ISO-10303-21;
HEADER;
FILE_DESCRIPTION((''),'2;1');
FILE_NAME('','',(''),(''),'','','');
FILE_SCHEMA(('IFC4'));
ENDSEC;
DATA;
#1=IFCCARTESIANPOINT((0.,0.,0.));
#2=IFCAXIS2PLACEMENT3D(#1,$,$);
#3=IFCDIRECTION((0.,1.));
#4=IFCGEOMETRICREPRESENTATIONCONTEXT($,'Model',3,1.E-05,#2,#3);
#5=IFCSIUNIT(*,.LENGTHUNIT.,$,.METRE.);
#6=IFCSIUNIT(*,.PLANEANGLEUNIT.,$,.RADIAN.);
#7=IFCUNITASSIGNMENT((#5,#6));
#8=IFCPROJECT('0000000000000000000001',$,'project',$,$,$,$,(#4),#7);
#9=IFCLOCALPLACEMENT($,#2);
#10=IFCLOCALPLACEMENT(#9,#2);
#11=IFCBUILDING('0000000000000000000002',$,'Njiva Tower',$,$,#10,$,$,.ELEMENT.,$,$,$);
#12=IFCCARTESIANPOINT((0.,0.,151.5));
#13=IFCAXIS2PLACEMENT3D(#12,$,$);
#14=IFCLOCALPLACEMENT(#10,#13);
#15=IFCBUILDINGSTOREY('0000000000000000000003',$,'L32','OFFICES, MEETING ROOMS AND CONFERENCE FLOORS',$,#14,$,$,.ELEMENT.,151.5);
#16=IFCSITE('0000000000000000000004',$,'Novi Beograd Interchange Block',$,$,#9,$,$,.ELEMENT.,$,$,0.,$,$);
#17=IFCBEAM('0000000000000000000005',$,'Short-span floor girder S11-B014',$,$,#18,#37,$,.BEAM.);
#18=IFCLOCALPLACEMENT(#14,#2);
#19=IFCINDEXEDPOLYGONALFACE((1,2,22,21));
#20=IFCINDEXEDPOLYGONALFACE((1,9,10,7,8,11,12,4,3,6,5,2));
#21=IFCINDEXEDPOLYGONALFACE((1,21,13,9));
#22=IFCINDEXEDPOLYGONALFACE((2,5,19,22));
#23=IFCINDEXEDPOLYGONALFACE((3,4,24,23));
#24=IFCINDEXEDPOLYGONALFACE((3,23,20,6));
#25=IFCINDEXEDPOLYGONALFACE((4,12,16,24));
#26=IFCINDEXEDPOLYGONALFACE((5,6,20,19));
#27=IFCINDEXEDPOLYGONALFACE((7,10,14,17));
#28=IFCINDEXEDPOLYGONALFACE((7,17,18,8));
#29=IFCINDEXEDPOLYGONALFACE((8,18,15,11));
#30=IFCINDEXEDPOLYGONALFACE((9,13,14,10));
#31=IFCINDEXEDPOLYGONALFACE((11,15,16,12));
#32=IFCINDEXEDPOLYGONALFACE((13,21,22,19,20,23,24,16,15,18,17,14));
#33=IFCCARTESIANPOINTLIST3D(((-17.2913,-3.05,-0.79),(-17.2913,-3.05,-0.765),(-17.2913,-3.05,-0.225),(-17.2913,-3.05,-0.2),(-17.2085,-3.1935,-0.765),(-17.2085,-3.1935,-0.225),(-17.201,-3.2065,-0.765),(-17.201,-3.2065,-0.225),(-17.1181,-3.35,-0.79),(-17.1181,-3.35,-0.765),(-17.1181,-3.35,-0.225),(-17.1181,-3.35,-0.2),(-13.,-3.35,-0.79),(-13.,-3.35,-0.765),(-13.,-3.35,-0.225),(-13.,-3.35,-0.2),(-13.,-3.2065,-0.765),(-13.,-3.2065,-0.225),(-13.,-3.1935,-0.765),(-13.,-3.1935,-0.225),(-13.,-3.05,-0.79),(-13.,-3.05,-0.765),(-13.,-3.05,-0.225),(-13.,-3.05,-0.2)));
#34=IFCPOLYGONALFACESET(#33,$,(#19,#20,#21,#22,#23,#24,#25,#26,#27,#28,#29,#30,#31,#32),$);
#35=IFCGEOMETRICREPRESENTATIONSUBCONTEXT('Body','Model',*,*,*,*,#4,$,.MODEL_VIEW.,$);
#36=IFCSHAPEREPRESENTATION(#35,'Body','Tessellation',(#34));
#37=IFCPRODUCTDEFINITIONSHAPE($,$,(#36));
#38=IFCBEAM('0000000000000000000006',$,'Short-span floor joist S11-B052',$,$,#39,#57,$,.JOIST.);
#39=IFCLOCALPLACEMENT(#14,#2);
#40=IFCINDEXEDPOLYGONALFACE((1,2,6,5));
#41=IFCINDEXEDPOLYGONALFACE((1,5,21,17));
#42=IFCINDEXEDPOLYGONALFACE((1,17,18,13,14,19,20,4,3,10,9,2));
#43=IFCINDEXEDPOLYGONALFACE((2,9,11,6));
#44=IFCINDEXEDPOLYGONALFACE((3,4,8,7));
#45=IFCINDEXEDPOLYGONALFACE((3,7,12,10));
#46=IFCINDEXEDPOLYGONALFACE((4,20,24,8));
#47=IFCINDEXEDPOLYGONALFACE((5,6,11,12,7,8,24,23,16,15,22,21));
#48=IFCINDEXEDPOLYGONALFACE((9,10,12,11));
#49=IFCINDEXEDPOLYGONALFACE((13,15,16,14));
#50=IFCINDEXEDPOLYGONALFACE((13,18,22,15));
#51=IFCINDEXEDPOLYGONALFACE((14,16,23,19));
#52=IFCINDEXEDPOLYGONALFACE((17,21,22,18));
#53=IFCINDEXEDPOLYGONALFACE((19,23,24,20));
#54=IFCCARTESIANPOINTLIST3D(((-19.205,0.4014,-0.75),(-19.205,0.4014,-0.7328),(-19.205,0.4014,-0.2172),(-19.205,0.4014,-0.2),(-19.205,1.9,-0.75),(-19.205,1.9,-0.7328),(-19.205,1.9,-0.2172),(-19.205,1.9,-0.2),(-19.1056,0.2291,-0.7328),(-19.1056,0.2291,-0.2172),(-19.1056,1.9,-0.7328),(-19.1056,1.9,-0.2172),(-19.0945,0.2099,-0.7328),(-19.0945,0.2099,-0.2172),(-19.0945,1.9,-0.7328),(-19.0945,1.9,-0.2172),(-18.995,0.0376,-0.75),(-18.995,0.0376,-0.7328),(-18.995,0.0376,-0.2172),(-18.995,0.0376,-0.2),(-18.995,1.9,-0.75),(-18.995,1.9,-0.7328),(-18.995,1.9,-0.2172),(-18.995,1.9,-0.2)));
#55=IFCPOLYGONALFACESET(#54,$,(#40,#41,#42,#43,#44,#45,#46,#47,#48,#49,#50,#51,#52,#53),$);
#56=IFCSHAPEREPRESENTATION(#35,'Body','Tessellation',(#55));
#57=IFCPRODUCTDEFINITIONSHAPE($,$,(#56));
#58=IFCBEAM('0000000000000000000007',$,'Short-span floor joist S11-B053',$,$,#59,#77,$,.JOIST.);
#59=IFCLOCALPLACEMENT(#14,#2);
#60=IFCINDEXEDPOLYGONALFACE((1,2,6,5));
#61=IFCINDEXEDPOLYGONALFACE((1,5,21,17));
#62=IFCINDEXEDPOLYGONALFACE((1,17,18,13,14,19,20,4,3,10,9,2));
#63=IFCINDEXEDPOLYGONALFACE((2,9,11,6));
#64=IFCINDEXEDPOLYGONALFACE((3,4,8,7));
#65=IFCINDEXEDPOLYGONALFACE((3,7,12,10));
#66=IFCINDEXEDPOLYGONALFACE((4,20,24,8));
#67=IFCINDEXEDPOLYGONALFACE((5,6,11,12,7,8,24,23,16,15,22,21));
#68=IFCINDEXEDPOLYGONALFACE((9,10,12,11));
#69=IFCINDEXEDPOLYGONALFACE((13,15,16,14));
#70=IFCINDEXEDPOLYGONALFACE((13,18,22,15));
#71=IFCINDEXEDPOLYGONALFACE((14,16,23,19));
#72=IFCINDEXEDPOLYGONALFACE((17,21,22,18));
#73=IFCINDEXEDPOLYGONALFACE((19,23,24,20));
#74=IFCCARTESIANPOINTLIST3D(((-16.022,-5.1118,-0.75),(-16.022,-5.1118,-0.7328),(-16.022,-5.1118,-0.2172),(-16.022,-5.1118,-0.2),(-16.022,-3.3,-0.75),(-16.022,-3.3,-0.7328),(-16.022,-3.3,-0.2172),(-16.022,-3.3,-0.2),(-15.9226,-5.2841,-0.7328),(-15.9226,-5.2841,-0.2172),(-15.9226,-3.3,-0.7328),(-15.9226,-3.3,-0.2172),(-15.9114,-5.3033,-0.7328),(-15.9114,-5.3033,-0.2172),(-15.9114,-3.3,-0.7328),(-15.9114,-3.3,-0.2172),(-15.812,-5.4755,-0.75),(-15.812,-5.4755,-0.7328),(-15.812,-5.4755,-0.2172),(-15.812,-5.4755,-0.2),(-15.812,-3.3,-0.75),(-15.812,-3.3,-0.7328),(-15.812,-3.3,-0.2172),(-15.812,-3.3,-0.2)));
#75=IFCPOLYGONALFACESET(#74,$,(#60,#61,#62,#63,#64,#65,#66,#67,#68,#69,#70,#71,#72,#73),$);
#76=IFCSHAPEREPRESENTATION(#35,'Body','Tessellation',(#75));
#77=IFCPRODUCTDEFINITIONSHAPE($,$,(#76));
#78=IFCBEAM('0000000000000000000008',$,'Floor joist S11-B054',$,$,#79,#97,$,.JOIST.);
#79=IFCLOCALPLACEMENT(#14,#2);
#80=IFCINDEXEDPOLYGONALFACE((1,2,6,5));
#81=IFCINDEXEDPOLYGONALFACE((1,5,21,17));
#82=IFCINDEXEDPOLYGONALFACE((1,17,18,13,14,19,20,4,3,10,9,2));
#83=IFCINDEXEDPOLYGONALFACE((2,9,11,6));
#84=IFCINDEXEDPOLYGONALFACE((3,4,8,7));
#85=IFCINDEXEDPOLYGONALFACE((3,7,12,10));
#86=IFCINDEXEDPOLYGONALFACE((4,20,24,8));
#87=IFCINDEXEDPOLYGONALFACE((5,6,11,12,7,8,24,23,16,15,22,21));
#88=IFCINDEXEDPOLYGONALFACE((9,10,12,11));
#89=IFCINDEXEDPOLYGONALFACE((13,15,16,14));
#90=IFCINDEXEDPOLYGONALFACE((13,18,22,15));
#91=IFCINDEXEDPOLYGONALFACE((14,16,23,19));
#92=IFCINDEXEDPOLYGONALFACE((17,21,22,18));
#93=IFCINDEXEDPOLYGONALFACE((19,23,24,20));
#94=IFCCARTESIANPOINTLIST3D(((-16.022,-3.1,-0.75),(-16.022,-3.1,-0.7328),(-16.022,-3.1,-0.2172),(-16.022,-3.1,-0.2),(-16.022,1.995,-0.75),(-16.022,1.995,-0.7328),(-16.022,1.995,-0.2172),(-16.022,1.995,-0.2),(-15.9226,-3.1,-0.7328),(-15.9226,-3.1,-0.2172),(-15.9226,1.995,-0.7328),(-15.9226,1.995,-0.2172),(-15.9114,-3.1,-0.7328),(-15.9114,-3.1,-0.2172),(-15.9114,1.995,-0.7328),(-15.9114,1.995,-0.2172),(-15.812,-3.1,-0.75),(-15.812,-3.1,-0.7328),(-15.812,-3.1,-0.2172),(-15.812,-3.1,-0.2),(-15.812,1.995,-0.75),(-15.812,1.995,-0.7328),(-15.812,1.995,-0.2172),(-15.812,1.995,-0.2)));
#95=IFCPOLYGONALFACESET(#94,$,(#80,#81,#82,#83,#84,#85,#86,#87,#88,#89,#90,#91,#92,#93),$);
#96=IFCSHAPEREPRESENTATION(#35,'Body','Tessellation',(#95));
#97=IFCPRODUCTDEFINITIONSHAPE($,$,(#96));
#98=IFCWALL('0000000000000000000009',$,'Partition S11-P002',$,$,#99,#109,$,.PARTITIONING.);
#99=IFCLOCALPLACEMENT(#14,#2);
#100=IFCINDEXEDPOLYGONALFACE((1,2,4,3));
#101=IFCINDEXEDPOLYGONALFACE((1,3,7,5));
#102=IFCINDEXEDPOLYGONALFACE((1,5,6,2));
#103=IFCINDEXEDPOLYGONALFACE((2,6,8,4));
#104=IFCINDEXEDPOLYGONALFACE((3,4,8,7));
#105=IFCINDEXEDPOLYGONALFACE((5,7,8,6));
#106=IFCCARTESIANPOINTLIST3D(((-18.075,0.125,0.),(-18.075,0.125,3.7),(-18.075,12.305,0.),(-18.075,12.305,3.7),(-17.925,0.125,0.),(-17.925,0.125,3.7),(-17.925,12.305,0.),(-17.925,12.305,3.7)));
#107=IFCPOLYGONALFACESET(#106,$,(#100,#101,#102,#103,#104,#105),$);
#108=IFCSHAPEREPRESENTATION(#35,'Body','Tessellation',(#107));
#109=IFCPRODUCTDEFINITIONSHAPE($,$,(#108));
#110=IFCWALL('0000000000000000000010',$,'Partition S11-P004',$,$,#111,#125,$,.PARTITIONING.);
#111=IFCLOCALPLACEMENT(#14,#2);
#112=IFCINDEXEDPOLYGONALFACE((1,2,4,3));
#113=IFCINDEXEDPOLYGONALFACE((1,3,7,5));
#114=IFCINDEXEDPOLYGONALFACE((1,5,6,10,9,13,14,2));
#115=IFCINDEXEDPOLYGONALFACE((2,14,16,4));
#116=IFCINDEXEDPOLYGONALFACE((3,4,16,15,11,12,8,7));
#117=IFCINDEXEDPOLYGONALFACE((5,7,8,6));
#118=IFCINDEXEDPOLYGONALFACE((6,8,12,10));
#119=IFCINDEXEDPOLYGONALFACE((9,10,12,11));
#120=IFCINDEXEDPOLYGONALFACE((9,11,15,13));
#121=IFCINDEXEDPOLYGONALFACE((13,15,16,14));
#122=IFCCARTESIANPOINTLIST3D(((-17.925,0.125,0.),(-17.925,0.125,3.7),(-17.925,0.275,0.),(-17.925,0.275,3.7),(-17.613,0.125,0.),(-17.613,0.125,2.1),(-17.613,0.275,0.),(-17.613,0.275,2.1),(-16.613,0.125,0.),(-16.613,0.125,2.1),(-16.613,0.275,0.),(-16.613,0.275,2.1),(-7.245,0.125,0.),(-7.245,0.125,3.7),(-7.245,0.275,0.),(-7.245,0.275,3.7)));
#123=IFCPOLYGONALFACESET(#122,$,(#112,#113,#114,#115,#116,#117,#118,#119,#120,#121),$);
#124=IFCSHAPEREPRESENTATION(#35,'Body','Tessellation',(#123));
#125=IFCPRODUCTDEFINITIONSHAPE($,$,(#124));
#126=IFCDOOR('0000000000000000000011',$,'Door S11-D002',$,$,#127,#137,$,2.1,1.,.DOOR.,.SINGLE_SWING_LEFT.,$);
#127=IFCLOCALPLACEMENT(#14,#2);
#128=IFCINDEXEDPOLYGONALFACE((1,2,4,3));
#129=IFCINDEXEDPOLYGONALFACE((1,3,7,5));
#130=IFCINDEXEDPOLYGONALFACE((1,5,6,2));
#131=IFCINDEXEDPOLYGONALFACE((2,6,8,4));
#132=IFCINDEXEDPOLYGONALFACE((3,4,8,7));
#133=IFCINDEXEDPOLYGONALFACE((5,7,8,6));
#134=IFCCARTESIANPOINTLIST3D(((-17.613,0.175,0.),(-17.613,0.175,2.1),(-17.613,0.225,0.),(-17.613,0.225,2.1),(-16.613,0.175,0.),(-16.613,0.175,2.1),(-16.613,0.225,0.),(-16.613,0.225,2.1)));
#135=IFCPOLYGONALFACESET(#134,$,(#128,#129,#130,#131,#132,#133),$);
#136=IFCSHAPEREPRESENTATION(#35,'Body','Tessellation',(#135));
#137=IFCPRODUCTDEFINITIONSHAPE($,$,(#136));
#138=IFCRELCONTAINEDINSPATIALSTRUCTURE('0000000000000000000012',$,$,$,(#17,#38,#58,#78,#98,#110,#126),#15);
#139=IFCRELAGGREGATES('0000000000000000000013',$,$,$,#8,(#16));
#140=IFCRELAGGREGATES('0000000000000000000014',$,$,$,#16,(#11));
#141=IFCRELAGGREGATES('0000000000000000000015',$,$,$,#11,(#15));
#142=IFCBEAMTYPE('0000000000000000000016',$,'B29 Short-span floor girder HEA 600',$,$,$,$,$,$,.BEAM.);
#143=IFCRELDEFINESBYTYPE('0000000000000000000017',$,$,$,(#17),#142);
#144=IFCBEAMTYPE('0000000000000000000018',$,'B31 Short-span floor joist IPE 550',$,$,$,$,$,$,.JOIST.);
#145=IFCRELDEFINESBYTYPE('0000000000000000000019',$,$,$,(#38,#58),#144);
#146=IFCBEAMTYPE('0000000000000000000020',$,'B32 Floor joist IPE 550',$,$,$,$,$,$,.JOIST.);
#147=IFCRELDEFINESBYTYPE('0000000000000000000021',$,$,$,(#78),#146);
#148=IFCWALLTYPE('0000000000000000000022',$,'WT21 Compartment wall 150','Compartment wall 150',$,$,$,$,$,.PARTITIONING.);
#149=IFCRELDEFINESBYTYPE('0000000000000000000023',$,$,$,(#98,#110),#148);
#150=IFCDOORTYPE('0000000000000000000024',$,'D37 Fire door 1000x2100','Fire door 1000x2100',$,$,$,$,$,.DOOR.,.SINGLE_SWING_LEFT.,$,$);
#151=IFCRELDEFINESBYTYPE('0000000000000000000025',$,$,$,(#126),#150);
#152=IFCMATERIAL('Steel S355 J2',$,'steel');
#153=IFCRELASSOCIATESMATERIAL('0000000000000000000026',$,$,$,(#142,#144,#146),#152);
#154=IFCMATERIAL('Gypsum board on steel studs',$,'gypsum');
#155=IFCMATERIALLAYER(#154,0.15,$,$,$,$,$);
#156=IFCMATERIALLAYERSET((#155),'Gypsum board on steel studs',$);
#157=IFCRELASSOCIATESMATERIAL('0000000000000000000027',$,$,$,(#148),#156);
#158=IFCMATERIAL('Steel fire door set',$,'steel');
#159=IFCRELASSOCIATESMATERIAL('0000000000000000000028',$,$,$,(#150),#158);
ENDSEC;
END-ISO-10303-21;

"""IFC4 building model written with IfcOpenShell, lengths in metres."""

from ifc_helpers import new_model, si_unit, direction, frame, frame_2d, origin, origin_2d, place, context, subcontext, project, spatial, rectangle, i_section, extrude, clip, halfspace, material, layer, layer_set, material_profile, profile_set, type_object, element, fill, save


model = new_model("IFC4")

# Units and contexts
model_context = context("Model", 3, precision=1e-05, world=origin(), true_north=direction((0.0, 1.0)))
body_context = subcontext(model_context, "Body", "Model", "MODEL_VIEW")
ifc_project = project(units=[si_unit("LENGTHUNIT", "METRE"), si_unit("PLANEANGLEUNIT", "RADIAN")], contexts=[model_context])

# Site, building, storey
site_placement = place(None, origin())
site = spatial("IfcSite", under=ifc_project, at=site_placement, Name="Novi Beograd Interchange Block", CompositionType="ELEMENT", RefElevation=0.0)
building_placement = place(site_placement, origin())
building = spatial("IfcBuilding", under=site, at=building_placement, Name="Njiva Tower", CompositionType="ELEMENT")
storey_placement = place(building_placement, frame((0.0, 0.0, 151.5)))
storey = spatial("IfcBuildingStorey", under=building, at=storey_placement, Name="L32", Description="OFFICES, MEETING ROOMS AND CONFERENCE FLOORS", CompositionType="ELEMENT", Elevation=151.5)

# Shared definitions
ifc_material_1 = material(Name="Steel S355 J2", Category="steel")

# Beams
ifc_material_profile_1 = material_profile(ifc_material_1, i_section(OverallWidth=0.3, OverallDepth=0.59, WebThickness=0.013, FlangeThickness=0.025, at=origin_2d()), Name="HEA 600")
ifc_profile_set_1 = profile_set([ifc_material_profile_1], Name="Steel S355 J2")
beam_type_1 = type_object("IfcBeamType", Name="B29 Short-span floor girder HEA 600", PredefinedType="BEAM", material=ifc_profile_set_1)
beam_1_placement = place(storey_placement, frame((-17.312, -3.2, -0.495), z_axis=(1.0, 0.0, 0.0), x_axis=(0.0, 1.0, 0.0)))
element("IfcBeam", 1, at=beam_1_placement, inside=storey, type_object=beam_type_1, Name="Short-span floor girder S11-B014", PredefinedType="BEAM", context=body_context, shape_type="Clipping", body=[
    clip(extrude(i_section(OverallWidth=0.3, OverallDepth=0.59, WebThickness=0.013, FlangeThickness=0.025, at=origin_2d()), origin(), (0.0, 0.0, 1.0), 4.312), halfspace(frame((-0.025, 0.0, 0.1217), z_axis=(-0.499998, 0.0, -0.866027), x_axis=(0.0, -1.0, 0.0)), False)),
])
ifc_material_profile_2 = material_profile(ifc_material_1, i_section(OverallWidth=0.21, OverallDepth=0.55, WebThickness=0.0111, FlangeThickness=0.0172, at=origin_2d()), Name="IPE 550")
ifc_profile_set_2 = profile_set([ifc_material_profile_2], Name="Steel S355 J2")
beam_type_2 = type_object("IfcBeamType", Name="B31 Short-span floor joist IPE 550", PredefinedType="JOIST", material=ifc_profile_set_2)
beam_2_placement = place(storey_placement, frame((-19.1, 1.9, -0.475), z_axis=(0.0, -1.0, 0.0), x_axis=(1.0, 0.0, 0.0)))
element("IfcBeam", 2, at=beam_2_placement, inside=storey, type_object=beam_type_2, Name="Short-span floor joist S11-B052", PredefinedType="JOIST", context=body_context, shape_type="Clipping", body=[
    clip(extrude(i_section(OverallWidth=0.21, OverallDepth=0.55, WebThickness=0.0111, FlangeThickness=0.0172, at=origin_2d()), origin(), (0.0, 0.0, 1.0), 1.883), halfspace(frame((-0.0433, 0.0, 1.6055), z_axis=(-0.866027, 0.0, 0.499998), x_axis=(0.0, 1.0, 0.0)), False)),
])
beam_3_placement = place(storey_placement, frame((-15.917, -3.3, -0.475), z_axis=(0.0, -1.0, 0.0), x_axis=(1.0, 0.0, 0.0)))
element("IfcBeam", 3, at=beam_3_placement, inside=storey, type_object=beam_type_2, Name="Short-span floor joist S11-B053", PredefinedType="JOIST", context=body_context, shape_type="Clipping", body=[
    clip(extrude(i_section(OverallWidth=0.21, OverallDepth=0.55, WebThickness=0.0111, FlangeThickness=0.0172, at=origin_2d()), origin(), (0.0, 0.0, 1.0), 2.196), halfspace(frame((-0.043, 0.0, 1.9192), z_axis=(-0.866027, 0.0, 0.499998), x_axis=(0.0, 1.0, 0.0)), False)),
])
ifc_material_profile_3 = material_profile(ifc_material_1, i_section(OverallWidth=0.21, OverallDepth=0.55, WebThickness=0.0111, FlangeThickness=0.0172, at=origin_2d()), Name="IPE 550")
ifc_profile_set_3 = profile_set([ifc_material_profile_3], Name="Steel S355 J2")
beam_type_3 = type_object("IfcBeamType", Name="B32 Floor joist IPE 550", PredefinedType="JOIST", material=ifc_profile_set_3)
beam_4_placement = place(storey_placement, frame((-15.917, 1.995, -0.475), z_axis=(0.0, -1.0, 0.0), x_axis=(1.0, 0.0, 0.0)))
element("IfcBeam", 4, at=beam_4_placement, inside=storey, type_object=beam_type_3, Name="Floor joist S11-B054", PredefinedType="JOIST", context=body_context, shape_type="SweptSolid", body=[
    extrude(i_section(OverallWidth=0.21, OverallDepth=0.55, WebThickness=0.0111, FlangeThickness=0.0172, at=origin_2d()), origin(), (0.0, 0.0, 1.0), 5.095),
])

# Wall
ifc_material_2 = material(Name="Gypsum board on steel studs", Category="gypsum")
ifc_layer = layer(ifc_material_2, 0.15)
ifc_layer_set = layer_set([ifc_layer], Name="Gypsum board on steel studs")
wall_type = type_object("IfcWallType", Name="WT21 Compartment wall 150", Description="Compartment wall 150", PredefinedType="PARTITIONING", material=ifc_layer_set)
wall_1_placement = place(storey_placement, frame((-18.0, 0.125, 0.0), z_axis=(0.0, 0.0, 1.0), x_axis=(0.0, 1.0, 0.0)))
element("IfcWall", 5, at=wall_1_placement, inside=storey, type_object=wall_type, Name="Partition S11-P002", PredefinedType="PARTITIONING", context=body_context, shape_type="SweptSolid", body=[
    extrude(rectangle(XDim=12.18, YDim=0.15, at=frame_2d((6.09, 0.0))), origin(), (0.0, 0.0, 1.0), 3.7),
])

# Wall, opening, door
wall_2_placement = place(storey_placement, frame((-17.925, 0.2, 0.0), z_axis=(0.0, 0.0, 1.0), x_axis=(1.0, 0.0, 0.0)))
wall_2 = element("IfcWall", 6, at=wall_2_placement, inside=storey, type_object=wall_type, Name="Partition S11-P004", PredefinedType="PARTITIONING", context=body_context, shape_type="SweptSolid", body=[
    extrude(rectangle(XDim=10.68, YDim=0.15, at=frame_2d((5.34, 0.0))), origin(), (0.0, 0.0, 1.0), 3.7),
])
opening_placement = place(wall_2_placement, frame((0.312, 0.0, 0.0)))
opening = element("IfcOpeningElement", 7, at=opening_placement, cuts=wall_2, PredefinedType="OPENING", context=body_context, shape_type="SweptSolid", body=[
    extrude(rectangle(XDim=1.0, YDim=2.1, at=frame_2d((0.5, 1.05))), frame((0.0, 0.085, 0.0), z_axis=(0.0, -1.0, 0.0), x_axis=(1.0, 0.0, 0.0)), (0.0, 0.0, 1.0), 0.17),
])
ifc_material_3 = material(Name="Steel fire door set", Category="steel")
door_type = type_object("IfcDoorType", Name="D37 Fire door 1000x2100", Description="Fire door 1000x2100", OperationType="SINGLE_SWING_LEFT", PredefinedType="DOOR", material=ifc_material_3)
door_placement = place(opening_placement, origin())
door = element("IfcDoor", 8, at=door_placement, inside=storey, type_object=door_type, Name="Door S11-D002", OperationType="SINGLE_SWING_LEFT", OverallHeight=2.1, OverallWidth=1.0, PredefinedType="DOOR", context=body_context, shape_type="SweptSolid", body=[
    extrude(rectangle(XDim=1.0, YDim=2.1, at=frame_2d((0.5, 1.05))), frame((0.0, 0.025, 0.0), z_axis=(0.0, -1.0, 0.0), x_axis=(1.0, 0.0, 0.0)), (0.0, 0.0, 1.0), 0.05),
])
fill(opening, door)

save(model, "model.ifc")
